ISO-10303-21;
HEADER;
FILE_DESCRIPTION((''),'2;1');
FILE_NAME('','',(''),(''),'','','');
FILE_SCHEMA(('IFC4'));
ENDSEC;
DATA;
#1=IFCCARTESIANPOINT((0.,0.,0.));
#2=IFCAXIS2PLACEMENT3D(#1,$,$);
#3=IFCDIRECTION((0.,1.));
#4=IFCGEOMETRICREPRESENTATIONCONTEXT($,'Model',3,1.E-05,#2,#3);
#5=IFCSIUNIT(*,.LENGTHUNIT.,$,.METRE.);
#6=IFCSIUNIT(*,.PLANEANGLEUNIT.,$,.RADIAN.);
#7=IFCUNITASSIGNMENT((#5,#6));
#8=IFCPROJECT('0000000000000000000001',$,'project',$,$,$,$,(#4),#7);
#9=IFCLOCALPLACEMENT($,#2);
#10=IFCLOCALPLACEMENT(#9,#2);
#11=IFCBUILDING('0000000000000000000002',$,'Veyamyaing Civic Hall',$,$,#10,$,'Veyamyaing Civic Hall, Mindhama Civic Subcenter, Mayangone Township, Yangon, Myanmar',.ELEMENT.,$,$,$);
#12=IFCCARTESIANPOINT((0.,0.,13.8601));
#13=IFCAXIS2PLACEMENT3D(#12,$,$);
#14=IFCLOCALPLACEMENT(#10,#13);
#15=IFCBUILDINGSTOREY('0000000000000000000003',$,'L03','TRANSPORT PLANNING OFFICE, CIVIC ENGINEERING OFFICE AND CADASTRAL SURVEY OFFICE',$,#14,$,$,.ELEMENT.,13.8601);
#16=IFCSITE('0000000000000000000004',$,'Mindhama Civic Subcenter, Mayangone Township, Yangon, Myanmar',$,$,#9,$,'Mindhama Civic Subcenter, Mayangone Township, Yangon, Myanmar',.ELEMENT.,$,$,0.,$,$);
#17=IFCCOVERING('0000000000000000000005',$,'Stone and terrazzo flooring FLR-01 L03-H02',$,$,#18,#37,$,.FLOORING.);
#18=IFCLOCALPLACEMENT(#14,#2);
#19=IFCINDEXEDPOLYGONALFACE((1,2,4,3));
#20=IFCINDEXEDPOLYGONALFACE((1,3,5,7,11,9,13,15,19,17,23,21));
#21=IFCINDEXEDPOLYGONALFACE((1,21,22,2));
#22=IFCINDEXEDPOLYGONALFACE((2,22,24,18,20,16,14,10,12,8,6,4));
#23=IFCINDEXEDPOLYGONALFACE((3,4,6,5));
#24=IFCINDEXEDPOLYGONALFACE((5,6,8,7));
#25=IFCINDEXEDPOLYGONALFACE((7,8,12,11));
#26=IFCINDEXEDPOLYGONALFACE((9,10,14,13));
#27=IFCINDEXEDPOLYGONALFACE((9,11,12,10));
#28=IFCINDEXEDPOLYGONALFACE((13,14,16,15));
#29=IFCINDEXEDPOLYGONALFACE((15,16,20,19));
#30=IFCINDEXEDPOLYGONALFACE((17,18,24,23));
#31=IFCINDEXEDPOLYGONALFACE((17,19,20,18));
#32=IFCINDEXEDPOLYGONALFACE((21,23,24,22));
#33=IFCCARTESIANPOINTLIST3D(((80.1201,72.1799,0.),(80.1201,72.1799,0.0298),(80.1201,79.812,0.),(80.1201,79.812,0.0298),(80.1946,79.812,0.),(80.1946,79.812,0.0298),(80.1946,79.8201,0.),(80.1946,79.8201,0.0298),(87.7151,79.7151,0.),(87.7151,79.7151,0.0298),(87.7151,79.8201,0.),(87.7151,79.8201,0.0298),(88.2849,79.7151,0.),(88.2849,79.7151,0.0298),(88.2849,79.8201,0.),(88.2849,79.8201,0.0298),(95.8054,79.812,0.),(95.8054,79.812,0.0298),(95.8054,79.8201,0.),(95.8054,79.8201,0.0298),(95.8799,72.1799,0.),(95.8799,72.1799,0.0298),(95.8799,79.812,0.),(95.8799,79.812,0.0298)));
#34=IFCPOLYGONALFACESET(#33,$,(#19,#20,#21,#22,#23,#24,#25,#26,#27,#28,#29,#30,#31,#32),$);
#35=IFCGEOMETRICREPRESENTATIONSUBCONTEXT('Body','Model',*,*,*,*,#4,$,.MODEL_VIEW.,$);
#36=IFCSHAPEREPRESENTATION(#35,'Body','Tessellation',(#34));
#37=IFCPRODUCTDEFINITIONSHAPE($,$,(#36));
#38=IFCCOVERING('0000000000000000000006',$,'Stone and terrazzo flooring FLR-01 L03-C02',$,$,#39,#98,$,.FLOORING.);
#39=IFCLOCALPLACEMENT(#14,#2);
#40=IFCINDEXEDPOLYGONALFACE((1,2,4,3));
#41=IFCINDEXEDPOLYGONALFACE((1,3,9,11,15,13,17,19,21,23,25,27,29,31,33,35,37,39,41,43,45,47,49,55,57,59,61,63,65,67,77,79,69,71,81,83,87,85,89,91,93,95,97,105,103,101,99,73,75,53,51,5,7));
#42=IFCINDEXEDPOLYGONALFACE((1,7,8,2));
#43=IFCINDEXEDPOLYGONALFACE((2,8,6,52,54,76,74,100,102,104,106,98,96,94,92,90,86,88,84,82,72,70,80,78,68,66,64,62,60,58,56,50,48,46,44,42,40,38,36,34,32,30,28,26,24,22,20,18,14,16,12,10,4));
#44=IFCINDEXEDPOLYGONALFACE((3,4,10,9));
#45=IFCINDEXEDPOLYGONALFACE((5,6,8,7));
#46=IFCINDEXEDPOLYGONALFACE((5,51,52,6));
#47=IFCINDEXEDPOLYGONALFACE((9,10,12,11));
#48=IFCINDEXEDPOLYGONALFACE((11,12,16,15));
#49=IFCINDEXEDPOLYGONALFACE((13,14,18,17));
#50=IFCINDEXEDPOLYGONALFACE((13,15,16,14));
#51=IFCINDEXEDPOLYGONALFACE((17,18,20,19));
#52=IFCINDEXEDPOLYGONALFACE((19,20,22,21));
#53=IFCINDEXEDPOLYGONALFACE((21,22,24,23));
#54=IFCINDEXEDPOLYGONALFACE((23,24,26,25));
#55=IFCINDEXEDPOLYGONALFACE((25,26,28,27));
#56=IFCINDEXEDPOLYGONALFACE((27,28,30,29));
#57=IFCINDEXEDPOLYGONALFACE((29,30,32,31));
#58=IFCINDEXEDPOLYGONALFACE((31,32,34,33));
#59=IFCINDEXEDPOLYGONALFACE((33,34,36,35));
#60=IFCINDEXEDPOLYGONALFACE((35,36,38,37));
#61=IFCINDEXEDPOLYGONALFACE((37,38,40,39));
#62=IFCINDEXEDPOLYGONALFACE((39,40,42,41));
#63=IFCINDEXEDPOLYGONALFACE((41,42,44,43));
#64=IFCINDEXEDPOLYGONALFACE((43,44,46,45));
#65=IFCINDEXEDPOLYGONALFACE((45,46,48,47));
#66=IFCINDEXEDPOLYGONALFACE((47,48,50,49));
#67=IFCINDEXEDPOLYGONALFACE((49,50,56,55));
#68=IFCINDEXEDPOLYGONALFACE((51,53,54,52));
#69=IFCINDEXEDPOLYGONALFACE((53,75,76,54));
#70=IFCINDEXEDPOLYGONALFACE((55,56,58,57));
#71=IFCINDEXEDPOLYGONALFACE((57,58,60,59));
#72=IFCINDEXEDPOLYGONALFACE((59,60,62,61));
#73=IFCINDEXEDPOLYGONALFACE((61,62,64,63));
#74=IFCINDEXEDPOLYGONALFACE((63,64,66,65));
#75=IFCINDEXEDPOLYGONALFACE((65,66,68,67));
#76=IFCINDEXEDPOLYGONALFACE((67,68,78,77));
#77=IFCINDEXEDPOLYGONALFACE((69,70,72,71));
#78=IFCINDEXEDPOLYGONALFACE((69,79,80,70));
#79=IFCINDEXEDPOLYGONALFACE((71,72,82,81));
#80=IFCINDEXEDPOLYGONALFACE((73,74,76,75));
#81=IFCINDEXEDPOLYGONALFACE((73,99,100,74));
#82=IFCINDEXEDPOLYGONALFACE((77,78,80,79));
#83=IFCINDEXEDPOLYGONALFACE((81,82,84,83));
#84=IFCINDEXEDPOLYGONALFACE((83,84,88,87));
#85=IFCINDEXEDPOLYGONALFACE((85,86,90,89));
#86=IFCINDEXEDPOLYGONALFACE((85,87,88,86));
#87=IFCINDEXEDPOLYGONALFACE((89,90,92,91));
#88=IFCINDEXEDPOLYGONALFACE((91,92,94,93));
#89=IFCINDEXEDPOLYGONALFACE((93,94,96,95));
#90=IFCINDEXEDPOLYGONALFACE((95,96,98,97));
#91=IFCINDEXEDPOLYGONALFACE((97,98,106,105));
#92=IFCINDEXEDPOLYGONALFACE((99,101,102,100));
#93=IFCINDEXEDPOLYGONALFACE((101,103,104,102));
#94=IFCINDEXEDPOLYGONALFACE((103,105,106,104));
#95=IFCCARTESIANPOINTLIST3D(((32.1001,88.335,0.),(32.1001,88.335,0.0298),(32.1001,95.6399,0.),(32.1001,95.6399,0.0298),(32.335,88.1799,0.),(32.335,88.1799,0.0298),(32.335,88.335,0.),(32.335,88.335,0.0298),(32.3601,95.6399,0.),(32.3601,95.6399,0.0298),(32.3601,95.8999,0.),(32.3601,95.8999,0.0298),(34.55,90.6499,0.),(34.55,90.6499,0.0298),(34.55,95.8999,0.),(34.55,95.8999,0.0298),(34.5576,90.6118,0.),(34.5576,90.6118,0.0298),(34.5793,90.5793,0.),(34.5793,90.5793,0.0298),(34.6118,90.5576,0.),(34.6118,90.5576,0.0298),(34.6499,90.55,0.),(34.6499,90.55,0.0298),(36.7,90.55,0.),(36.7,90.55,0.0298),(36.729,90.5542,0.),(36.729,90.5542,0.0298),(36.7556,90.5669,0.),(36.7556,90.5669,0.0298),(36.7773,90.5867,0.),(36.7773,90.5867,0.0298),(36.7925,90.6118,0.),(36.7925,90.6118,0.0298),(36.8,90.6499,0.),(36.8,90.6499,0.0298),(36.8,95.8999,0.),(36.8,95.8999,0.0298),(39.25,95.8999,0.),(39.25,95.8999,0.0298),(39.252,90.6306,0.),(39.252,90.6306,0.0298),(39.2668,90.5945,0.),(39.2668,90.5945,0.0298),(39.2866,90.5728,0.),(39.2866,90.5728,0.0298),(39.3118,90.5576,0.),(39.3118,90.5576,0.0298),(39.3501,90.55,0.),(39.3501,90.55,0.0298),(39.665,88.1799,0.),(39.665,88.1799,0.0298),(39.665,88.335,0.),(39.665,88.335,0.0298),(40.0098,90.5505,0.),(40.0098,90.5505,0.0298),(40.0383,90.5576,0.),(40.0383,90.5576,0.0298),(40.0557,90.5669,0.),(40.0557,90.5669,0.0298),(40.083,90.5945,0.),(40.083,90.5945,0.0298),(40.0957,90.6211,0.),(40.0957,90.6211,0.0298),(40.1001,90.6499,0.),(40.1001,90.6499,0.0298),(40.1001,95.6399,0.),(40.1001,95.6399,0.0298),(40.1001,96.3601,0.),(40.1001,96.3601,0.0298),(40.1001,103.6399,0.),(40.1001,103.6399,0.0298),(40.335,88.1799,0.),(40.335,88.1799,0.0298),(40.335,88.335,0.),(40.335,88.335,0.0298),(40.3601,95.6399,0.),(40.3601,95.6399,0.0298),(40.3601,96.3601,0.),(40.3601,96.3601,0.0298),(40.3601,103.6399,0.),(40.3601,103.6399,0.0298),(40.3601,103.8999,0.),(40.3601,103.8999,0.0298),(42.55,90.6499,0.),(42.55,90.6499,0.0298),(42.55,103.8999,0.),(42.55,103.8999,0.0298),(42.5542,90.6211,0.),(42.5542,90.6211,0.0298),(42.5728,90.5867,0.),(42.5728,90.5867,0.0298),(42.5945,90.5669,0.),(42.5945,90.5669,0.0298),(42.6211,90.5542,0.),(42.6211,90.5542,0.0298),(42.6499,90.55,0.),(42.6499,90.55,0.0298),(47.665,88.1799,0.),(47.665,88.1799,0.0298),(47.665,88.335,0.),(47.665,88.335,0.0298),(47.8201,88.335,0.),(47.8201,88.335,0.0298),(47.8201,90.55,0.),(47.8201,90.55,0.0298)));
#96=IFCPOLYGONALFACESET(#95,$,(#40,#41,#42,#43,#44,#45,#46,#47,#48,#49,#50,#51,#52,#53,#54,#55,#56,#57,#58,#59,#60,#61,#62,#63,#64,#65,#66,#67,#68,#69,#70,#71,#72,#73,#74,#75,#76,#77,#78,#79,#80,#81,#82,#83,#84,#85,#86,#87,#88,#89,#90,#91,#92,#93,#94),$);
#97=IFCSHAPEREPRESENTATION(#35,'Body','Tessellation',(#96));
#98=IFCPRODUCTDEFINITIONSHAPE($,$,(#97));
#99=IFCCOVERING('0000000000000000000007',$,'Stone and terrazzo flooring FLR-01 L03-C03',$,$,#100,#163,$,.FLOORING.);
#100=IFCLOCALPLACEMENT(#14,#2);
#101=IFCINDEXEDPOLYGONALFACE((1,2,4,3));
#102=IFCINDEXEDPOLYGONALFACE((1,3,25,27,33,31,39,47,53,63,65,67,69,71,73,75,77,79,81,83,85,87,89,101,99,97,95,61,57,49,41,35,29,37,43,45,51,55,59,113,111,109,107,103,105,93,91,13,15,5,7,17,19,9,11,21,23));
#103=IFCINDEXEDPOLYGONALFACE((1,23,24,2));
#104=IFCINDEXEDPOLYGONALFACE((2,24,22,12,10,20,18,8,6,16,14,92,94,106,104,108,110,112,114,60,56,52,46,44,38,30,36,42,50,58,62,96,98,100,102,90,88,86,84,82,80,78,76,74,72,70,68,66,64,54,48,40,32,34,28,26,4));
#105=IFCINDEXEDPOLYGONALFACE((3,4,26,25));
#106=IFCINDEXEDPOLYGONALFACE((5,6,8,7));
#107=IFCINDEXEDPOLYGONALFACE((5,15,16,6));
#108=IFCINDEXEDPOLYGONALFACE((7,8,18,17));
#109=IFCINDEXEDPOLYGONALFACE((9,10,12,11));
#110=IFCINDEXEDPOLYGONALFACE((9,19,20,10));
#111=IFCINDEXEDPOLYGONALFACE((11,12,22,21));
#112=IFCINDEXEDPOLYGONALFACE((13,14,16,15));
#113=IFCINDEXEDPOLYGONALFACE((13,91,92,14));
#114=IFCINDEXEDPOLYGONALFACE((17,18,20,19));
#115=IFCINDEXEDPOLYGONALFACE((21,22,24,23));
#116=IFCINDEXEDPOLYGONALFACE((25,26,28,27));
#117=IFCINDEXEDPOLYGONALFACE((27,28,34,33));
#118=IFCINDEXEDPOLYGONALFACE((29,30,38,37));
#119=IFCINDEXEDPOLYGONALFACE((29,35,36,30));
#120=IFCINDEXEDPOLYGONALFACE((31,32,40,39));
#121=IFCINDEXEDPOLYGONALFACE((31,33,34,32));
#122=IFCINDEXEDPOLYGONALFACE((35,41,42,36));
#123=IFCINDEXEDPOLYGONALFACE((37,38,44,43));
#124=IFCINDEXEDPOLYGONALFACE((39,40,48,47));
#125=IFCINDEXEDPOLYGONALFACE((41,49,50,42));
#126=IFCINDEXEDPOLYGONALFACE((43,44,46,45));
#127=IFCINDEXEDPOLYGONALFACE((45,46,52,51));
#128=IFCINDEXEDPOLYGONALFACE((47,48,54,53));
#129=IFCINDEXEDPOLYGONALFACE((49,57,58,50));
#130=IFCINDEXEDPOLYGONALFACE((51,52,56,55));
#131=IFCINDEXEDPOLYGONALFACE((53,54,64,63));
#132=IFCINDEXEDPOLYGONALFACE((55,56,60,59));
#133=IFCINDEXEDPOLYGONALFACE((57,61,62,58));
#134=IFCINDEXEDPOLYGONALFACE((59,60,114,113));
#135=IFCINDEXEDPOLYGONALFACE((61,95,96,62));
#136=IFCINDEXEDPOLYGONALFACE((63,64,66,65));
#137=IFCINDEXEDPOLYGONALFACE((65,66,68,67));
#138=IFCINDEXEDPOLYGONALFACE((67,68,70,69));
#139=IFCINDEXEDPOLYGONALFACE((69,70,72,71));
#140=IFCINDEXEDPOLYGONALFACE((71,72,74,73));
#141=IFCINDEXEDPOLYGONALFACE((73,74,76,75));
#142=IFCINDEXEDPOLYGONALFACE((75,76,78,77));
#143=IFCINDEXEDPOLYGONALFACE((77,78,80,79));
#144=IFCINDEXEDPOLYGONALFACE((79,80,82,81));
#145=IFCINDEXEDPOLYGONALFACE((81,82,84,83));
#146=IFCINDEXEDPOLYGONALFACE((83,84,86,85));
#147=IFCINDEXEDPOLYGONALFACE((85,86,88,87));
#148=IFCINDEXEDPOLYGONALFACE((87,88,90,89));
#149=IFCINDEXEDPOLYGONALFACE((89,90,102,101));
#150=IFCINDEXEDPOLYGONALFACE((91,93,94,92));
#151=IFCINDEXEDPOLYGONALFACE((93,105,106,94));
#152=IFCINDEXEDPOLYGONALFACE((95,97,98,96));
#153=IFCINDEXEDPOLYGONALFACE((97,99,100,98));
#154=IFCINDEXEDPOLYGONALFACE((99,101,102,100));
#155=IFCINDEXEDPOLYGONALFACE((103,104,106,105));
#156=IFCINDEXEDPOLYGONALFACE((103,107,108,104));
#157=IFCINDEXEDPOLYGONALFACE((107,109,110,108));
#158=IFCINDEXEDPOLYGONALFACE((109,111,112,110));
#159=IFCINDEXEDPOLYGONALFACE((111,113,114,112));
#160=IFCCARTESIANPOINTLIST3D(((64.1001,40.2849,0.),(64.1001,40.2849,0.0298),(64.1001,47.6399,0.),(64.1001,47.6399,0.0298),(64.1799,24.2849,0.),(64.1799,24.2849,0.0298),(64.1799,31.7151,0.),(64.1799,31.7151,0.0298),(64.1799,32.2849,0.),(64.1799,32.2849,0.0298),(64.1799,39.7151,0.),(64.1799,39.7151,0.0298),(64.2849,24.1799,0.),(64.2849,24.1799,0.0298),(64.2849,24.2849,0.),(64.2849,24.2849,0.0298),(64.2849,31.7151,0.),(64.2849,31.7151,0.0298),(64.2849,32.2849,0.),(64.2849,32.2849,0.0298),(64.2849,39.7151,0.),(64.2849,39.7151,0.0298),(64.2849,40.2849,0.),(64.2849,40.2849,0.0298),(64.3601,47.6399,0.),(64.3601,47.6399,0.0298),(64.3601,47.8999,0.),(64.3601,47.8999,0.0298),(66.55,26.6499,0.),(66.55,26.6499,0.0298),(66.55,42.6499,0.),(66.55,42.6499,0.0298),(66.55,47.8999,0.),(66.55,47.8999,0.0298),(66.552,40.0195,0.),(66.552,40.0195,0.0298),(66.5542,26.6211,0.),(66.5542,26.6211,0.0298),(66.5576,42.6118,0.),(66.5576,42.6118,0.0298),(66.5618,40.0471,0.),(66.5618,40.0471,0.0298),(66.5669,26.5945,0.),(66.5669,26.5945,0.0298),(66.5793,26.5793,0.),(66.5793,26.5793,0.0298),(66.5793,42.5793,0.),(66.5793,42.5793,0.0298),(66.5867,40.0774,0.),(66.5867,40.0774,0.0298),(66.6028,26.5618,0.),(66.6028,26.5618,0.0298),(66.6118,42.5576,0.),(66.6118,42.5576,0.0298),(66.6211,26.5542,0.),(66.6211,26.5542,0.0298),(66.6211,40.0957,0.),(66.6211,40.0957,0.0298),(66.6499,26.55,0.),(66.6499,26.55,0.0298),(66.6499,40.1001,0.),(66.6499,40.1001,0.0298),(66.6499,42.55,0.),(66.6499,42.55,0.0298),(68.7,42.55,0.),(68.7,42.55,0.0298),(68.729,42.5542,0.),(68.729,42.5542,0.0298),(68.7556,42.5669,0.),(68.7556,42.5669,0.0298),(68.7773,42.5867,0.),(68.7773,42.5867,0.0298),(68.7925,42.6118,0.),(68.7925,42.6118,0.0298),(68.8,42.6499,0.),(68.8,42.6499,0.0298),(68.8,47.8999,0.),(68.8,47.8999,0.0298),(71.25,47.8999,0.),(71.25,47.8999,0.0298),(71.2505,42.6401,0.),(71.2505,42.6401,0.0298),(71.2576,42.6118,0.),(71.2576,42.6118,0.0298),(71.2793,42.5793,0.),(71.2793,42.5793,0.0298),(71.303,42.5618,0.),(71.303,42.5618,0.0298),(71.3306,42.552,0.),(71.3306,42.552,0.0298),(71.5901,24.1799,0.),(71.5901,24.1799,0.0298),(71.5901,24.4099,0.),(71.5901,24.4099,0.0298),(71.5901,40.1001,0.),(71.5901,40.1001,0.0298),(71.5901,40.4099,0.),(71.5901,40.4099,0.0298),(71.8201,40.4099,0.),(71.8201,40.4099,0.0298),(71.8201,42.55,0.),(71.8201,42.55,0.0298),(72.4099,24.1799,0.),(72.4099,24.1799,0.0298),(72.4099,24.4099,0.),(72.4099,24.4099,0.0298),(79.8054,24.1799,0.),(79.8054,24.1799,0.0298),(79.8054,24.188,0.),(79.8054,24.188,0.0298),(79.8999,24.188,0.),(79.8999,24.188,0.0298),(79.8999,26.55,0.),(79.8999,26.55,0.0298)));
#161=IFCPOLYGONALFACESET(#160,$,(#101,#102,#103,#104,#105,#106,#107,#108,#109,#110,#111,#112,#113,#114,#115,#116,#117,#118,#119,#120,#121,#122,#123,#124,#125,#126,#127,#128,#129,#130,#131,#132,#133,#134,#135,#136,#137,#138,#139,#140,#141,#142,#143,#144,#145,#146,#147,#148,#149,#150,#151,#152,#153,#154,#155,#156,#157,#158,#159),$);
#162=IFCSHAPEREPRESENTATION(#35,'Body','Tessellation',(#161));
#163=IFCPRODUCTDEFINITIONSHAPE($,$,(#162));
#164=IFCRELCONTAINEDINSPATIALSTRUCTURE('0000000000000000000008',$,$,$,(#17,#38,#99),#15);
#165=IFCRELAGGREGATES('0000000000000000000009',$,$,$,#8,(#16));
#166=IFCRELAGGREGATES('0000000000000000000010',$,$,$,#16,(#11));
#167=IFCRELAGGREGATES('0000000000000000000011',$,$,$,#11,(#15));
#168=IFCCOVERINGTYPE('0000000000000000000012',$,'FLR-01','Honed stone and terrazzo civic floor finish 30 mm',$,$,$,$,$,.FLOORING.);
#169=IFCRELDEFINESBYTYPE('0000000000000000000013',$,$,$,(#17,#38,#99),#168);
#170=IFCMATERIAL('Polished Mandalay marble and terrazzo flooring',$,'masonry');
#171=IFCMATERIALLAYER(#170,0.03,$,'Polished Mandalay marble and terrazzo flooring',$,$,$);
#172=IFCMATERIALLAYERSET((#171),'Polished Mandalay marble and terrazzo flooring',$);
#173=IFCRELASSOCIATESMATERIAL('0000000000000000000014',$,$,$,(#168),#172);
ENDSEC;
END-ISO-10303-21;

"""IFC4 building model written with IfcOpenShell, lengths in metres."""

from ifc_helpers import new_model, si_unit, direction, frame, origin, place, context, subcontext, project, spatial, polyline, outline, extrude, material, layer, layer_set, type_object, element, save


model = new_model("IFC4")

# Units and contexts
model_context = context("Model", 3, precision=1e-05, world=origin(), true_north=direction((0.0, 1.0)))
body_context = subcontext(model_context, "Body", "Model", "MODEL_VIEW")
ifc_project = project(units=[si_unit("LENGTHUNIT", "METRE"), si_unit("PLANEANGLEUNIT", "RADIAN")], contexts=[model_context])

# Site, building, storey
site_placement = place(None, origin())
site = spatial("IfcSite", under=ifc_project, at=site_placement, Name="Mindhama Civic Subcenter, Mayangone Township, Yangon, Myanmar", LongName="Mindhama Civic Subcenter, Mayangone Township, Yangon, Myanmar", CompositionType="ELEMENT", RefElevation=0.0)
building_placement = place(site_placement, origin())
building = spatial("IfcBuilding", under=site, at=building_placement, Name="Veyamyaing Civic Hall", LongName="Veyamyaing Civic Hall, Mindhama Civic Subcenter, Mayangone Township, Yangon, Myanmar", CompositionType="ELEMENT")
storey_placement = place(building_placement, frame((0.0, 0.0, 13.8601)))
storey = spatial("IfcBuildingStorey", under=building, at=storey_placement, Name="L03", Description="TRANSPORT PLANNING OFFICE, CIVIC ENGINEERING OFFICE AND CADASTRAL SURVEY OFFICE", CompositionType="ELEMENT", Elevation=13.8601)

# Coverings
ifc_material_1 = material(Name="Polished Mandalay marble and terrazzo flooring", Category="masonry")
ifc_layer_1 = layer(ifc_material_1, 0.03, Name="Polished Mandalay marble and terrazzo flooring")
ifc_layer_set_1 = layer_set([ifc_layer_1], Name="Polished Mandalay marble and terrazzo flooring")
covering_type_1 = type_object("IfcCoveringType", Name="FLR-01", Description="Honed stone and terrazzo civic floor finish 30 mm", PredefinedType="FLOORING", material=ifc_layer_set_1)
covering_1_placement = place(storey_placement, origin())
element("IfcCovering", 1, at=covering_1_placement, inside=storey, type_object=covering_type_1, Name="Stone and terrazzo flooring FLR-01 L03-H02", PredefinedType="FLOORING", context=body_context, shape_type="SweptSolid", body=[
    extrude(outline(polyline([(87.7151, 79.8201), (87.7151, 79.7151), (88.2849, 79.7151), (88.2849, 79.8201), (95.8054, 79.8201), (95.8054, 79.812), (95.8799, 79.812), (95.8799, 72.1799), (80.1201, 72.1799), (80.1201, 79.812), (80.1946, 79.812), (80.1946, 79.8201), (87.7151, 79.8201)])), origin(), (0.0, 0.0, 1.0), 0.0298),
])
covering_2_placement = place(storey_placement, origin())
element("IfcCovering", 2, at=covering_2_placement, inside=storey, type_object=covering_type_1, Name="Stone and terrazzo flooring FLR-01 L03-C02", PredefinedType="FLOORING", context=body_context, shape_type="SweptSolid", body=[
    extrude(outline(polyline([(34.55, 90.6499), (34.5576, 90.6118), (34.5793, 90.5793), (34.6118, 90.5576), (34.6499, 90.55), (36.7, 90.55), (36.729, 90.5542), (36.7556, 90.5669), (36.7773, 90.5867), (36.7925, 90.6118), (36.8, 90.6499), (36.8, 95.8999), (39.25, 95.8999), (39.252, 90.6306), (39.2668, 90.5945), (39.2866, 90.5728), (39.3118, 90.5576), (39.3501, 90.55), (40.0098, 90.5505), (40.0383, 90.5576), (40.0557, 90.5669), (40.083, 90.5945), (40.0957, 90.6211), (40.1001, 90.6499), (40.1001, 95.6399), (40.3601, 95.6399), (40.3601, 96.3601), (40.1001, 96.3601), (40.1001, 103.6399), (40.3601, 103.6399), (40.3601, 103.8999), (42.55, 103.8999), (42.55, 90.6499), (42.5542, 90.6211), (42.5728, 90.5867), (42.5945, 90.5669), (42.6211, 90.5542), (42.6499, 90.55), (47.8201, 90.55), (47.8201, 88.335), (47.665, 88.335), (47.665, 88.1799), (40.335, 88.1799), (40.335, 88.335), (39.665, 88.335), (39.665, 88.1799), (32.335, 88.1799), (32.335, 88.335), (32.1001, 88.335), (32.1001, 95.6399), (32.3601, 95.6399), (32.3601, 95.8999), (34.55, 95.8999), (34.55, 90.6499)])), origin(), (0.0, 0.0, 1.0), 0.0298),
])
covering_3_placement = place(storey_placement, origin())
element("IfcCovering", 3, at=covering_3_placement, inside=storey, type_object=covering_type_1, Name="Stone and terrazzo flooring FLR-01 L03-C03", PredefinedType="FLOORING", context=body_context, shape_type="SweptSolid", body=[
    extrude(outline(polyline([(66.55, 42.6499), (66.5576, 42.6118), (66.5793, 42.5793), (66.6118, 42.5576), (66.6499, 42.55), (68.7, 42.55), (68.729, 42.5542), (68.7556, 42.5669), (68.7773, 42.5867), (68.7925, 42.6118), (68.8, 42.6499), (68.8, 47.8999), (71.25, 47.8999), (71.2505, 42.6401), (71.2576, 42.6118), (71.2793, 42.5793), (71.303, 42.5618), (71.3306, 42.552), (71.8201, 42.55), (71.8201, 40.4099), (71.5901, 40.4099), (71.5901, 40.1001), (66.6499, 40.1001), (66.6211, 40.0957), (66.5867, 40.0774), (66.5618, 40.0471), (66.552, 40.0195), (66.55, 26.6499), (66.5542, 26.6211), (66.5669, 26.5945), (66.5793, 26.5793), (66.6028, 26.5618), (66.6211, 26.5542), (66.6499, 26.55), (79.8999, 26.55), (79.8999, 24.188), (79.8054, 24.188), (79.8054, 24.1799), (72.4099, 24.1799), (72.4099, 24.4099), (71.5901, 24.4099), (71.5901, 24.1799), (64.2849, 24.1799), (64.2849, 24.2849), (64.1799, 24.2849), (64.1799, 31.7151), (64.2849, 31.7151), (64.2849, 32.2849), (64.1799, 32.2849), (64.1799, 39.7151), (64.2849, 39.7151), (64.2849, 40.2849), (64.1001, 40.2849), (64.1001, 47.6399), (64.3601, 47.6399), (64.3601, 47.8999), (66.55, 47.8999), (66.55, 42.6499)])), origin(), (0.0, 0.0, 1.0), 0.0298),
])

save(model, "model.ifc")
